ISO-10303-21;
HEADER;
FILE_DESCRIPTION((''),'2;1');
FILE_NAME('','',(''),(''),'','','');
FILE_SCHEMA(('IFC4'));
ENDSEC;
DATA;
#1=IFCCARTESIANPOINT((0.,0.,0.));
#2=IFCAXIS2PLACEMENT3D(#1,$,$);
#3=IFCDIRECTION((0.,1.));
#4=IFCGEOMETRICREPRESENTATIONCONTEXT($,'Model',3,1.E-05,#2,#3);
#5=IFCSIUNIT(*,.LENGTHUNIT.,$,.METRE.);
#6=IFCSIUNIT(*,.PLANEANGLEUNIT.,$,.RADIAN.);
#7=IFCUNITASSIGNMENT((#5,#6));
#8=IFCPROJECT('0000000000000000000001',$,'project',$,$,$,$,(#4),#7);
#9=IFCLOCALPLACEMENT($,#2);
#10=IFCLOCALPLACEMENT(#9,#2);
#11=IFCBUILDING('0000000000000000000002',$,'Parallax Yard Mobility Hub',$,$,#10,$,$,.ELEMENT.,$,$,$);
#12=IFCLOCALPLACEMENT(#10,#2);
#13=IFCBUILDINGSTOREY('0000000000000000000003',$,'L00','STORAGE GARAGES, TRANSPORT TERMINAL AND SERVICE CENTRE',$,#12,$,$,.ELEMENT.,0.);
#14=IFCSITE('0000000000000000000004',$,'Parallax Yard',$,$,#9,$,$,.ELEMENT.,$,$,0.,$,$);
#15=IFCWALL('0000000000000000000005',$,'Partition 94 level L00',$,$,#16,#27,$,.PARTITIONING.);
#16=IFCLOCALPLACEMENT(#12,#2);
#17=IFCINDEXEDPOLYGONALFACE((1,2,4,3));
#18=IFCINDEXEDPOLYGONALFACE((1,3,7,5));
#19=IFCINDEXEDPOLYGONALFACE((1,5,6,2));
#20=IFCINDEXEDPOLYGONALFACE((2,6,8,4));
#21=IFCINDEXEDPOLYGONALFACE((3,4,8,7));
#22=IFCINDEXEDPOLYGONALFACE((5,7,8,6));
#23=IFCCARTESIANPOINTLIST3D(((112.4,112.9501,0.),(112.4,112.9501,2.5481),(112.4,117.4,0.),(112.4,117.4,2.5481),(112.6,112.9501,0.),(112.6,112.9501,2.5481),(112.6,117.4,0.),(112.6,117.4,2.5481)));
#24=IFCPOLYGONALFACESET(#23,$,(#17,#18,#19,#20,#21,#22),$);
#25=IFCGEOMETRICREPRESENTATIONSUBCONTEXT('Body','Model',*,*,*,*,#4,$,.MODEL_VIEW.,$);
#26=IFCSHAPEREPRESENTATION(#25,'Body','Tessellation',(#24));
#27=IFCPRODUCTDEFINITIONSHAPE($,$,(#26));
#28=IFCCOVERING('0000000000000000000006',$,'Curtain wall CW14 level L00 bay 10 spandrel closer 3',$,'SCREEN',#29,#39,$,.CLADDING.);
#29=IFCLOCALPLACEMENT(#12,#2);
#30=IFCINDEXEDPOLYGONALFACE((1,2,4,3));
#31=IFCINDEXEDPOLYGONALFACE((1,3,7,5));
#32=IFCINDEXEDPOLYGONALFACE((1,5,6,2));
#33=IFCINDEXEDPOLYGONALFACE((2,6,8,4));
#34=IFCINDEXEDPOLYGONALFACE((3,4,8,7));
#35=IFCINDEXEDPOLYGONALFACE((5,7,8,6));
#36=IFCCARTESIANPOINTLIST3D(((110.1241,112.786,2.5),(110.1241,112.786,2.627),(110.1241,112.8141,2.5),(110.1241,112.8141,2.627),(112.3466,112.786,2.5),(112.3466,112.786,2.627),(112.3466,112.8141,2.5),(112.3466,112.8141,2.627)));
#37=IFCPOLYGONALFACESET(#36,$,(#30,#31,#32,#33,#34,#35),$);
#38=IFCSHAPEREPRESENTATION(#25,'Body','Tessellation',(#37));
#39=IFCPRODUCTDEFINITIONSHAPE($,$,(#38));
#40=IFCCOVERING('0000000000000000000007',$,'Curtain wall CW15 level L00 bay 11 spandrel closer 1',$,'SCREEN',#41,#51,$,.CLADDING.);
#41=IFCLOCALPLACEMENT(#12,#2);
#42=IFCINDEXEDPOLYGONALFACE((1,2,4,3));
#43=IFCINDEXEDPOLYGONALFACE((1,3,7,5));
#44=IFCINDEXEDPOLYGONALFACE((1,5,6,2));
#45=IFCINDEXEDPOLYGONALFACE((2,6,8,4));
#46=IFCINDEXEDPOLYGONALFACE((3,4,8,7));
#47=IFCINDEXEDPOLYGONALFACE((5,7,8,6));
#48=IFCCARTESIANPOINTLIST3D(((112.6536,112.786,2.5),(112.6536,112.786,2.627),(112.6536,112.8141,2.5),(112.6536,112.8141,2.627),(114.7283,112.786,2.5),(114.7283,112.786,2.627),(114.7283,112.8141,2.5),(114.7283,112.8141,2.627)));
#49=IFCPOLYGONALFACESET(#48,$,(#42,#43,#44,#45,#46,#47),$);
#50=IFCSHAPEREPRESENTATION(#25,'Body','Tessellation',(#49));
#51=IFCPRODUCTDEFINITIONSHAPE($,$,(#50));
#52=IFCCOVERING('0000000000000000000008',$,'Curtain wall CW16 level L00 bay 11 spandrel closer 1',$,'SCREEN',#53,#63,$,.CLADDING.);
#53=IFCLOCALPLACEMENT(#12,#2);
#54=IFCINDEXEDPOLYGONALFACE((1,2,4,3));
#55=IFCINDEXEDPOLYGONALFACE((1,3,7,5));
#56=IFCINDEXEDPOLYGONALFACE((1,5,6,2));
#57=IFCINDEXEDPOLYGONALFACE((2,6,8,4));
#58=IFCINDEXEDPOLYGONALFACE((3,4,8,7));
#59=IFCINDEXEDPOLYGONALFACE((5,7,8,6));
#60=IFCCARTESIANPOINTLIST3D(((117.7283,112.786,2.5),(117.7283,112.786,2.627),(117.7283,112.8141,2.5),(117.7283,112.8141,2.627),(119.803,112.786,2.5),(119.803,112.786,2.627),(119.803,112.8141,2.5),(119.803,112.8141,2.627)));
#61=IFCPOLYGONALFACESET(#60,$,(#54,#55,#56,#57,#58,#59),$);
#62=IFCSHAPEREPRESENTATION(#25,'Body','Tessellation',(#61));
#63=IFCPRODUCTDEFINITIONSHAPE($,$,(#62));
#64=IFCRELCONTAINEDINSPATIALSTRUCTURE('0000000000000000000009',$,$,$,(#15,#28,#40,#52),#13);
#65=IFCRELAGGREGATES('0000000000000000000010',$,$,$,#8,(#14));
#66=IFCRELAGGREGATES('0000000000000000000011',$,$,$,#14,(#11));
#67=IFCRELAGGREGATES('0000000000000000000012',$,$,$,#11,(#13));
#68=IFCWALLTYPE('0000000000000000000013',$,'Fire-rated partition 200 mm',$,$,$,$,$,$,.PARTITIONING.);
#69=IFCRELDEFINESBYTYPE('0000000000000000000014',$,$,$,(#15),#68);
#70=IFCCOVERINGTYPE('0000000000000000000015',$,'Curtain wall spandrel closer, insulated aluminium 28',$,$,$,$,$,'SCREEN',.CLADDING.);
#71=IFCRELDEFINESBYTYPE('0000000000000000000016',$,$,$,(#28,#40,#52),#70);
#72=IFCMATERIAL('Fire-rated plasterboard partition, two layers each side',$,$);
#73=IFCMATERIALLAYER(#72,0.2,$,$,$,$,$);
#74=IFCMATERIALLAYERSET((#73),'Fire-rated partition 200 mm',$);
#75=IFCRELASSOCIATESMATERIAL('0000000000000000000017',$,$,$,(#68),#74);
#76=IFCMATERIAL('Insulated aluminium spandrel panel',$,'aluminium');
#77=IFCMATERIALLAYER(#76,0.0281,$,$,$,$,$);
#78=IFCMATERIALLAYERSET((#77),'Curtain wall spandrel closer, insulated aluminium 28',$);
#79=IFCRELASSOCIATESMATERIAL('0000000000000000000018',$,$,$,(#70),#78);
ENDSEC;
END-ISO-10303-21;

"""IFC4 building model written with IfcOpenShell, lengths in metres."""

from ifc_helpers import new_model, si_unit, direction, frame, frame_2d, origin, origin_2d, place, context, subcontext, project, spatial, rectangle, extrude, material, layer, layer_set, type_object, element, save


model = new_model("IFC4")

# Units and contexts
model_context = context("Model", 3, precision=1e-05, world=origin(), true_north=direction((0.0, 1.0)))
body_context = subcontext(model_context, "Body", "Model", "MODEL_VIEW")
ifc_project = project(units=[si_unit("LENGTHUNIT", "METRE"), si_unit("PLANEANGLEUNIT", "RADIAN")], contexts=[model_context])

# Site, building, storey
site_placement = place(None, origin())
site = spatial("IfcSite", under=ifc_project, at=site_placement, Name="Parallax Yard", CompositionType="ELEMENT", RefElevation=0.0)
building_placement = place(site_placement, origin())
building = spatial("IfcBuilding", under=site, at=building_placement, Name="Parallax Yard Mobility Hub", CompositionType="ELEMENT")
storey_placement = place(building_placement, origin())
storey = spatial("IfcBuildingStorey", under=building, at=storey_placement, Name="L00", Description="STORAGE GARAGES, TRANSPORT TERMINAL AND SERVICE CENTRE", CompositionType="ELEMENT", Elevation=0.0)

# Wall
ifc_material_1 = material(Name="Fire-rated plasterboard partition, two layers each side")
ifc_layer_1 = layer(ifc_material_1, 0.2)
ifc_layer_set_1 = layer_set([ifc_layer_1], Name="Fire-rated partition 200 mm")
wall_type_1 = type_object("IfcWallType", Name="Fire-rated partition 200 mm", PredefinedType="PARTITIONING", material=ifc_layer_set_1)
wall_1_placement = place(storey_placement, frame((112.5, 112.95, 0.0), z_axis=(0.0, 0.0, 1.0), x_axis=(0.0, 1.0, 0.0)))
element("IfcWall", 1, at=wall_1_placement, inside=storey, type_object=wall_type_1, Name="Partition 94 level L00", PredefinedType="PARTITIONING", context=body_context, shape_type="SweptSolid", body=[
    extrude(rectangle(XDim=4.45, YDim=0.2, at=frame_2d((2.2251, 0.0))), origin(), (0.0, 0.0, 1.0), 2.5481),
])

# Coverings
ifc_material_2 = material(Name="Insulated aluminium spandrel panel", Category="aluminium")
ifc_layer_2 = layer(ifc_material_2, 0.0281)
ifc_layer_set_2 = layer_set([ifc_layer_2], Name="Curtain wall spandrel closer, insulated aluminium 28")
covering_type = type_object("IfcCoveringType", Name="Curtain wall spandrel closer, insulated aluminium 28", ElementType="SCREEN", PredefinedType="CLADDING", material=ifc_layer_set_2)
covering_placement = place(storey_placement, frame((111.2354, 112.8, 2.5), z_axis=(0.0, 0.0, 1.0), x_axis=(1.0, 0.0, 0.0)))
element("IfcCovering", 2, at=covering_placement, inside=storey, type_object=covering_type, Name="Curtain wall CW14 level L00 bay 10 spandrel closer 3", ObjectType="SCREEN", PredefinedType="CLADDING", context=body_context, shape_type="SweptSolid", body=[
    extrude(rectangle(XDim=2.2224, YDim=0.0281, at=origin_2d()), origin(), (0.0, 0.0, 1.0), 0.127),
])
for number, where, z_axis, x_axis, name in (
    (3, (113.6909, 112.8, 2.5), (0.0, 0.0, 1.0), (1.0, 0.0, 0.0), "Curtain wall CW15 level L00 bay 11 spandrel closer 1"),
    (4, (118.7656, 112.8, 2.5), (0.0, 0.0, 1.0), (1.0, 0.0, 0.0), "Curtain wall CW16 level L00 bay 11 spandrel closer 1"),
):
    element("IfcCovering", number, at=place(storey_placement, frame(where, z_axis=z_axis, x_axis=x_axis)), inside=storey, type_object=covering_type, Name=name, ObjectType="SCREEN", PredefinedType="CLADDING", context=body_context, shape_type="SweptSolid", body=[
        extrude(rectangle(XDim=2.0747, YDim=0.0281, at=origin_2d()), origin(), (0.0, 0.0, 1.0), 0.127),
    ])

save(model, "model.ifc")
